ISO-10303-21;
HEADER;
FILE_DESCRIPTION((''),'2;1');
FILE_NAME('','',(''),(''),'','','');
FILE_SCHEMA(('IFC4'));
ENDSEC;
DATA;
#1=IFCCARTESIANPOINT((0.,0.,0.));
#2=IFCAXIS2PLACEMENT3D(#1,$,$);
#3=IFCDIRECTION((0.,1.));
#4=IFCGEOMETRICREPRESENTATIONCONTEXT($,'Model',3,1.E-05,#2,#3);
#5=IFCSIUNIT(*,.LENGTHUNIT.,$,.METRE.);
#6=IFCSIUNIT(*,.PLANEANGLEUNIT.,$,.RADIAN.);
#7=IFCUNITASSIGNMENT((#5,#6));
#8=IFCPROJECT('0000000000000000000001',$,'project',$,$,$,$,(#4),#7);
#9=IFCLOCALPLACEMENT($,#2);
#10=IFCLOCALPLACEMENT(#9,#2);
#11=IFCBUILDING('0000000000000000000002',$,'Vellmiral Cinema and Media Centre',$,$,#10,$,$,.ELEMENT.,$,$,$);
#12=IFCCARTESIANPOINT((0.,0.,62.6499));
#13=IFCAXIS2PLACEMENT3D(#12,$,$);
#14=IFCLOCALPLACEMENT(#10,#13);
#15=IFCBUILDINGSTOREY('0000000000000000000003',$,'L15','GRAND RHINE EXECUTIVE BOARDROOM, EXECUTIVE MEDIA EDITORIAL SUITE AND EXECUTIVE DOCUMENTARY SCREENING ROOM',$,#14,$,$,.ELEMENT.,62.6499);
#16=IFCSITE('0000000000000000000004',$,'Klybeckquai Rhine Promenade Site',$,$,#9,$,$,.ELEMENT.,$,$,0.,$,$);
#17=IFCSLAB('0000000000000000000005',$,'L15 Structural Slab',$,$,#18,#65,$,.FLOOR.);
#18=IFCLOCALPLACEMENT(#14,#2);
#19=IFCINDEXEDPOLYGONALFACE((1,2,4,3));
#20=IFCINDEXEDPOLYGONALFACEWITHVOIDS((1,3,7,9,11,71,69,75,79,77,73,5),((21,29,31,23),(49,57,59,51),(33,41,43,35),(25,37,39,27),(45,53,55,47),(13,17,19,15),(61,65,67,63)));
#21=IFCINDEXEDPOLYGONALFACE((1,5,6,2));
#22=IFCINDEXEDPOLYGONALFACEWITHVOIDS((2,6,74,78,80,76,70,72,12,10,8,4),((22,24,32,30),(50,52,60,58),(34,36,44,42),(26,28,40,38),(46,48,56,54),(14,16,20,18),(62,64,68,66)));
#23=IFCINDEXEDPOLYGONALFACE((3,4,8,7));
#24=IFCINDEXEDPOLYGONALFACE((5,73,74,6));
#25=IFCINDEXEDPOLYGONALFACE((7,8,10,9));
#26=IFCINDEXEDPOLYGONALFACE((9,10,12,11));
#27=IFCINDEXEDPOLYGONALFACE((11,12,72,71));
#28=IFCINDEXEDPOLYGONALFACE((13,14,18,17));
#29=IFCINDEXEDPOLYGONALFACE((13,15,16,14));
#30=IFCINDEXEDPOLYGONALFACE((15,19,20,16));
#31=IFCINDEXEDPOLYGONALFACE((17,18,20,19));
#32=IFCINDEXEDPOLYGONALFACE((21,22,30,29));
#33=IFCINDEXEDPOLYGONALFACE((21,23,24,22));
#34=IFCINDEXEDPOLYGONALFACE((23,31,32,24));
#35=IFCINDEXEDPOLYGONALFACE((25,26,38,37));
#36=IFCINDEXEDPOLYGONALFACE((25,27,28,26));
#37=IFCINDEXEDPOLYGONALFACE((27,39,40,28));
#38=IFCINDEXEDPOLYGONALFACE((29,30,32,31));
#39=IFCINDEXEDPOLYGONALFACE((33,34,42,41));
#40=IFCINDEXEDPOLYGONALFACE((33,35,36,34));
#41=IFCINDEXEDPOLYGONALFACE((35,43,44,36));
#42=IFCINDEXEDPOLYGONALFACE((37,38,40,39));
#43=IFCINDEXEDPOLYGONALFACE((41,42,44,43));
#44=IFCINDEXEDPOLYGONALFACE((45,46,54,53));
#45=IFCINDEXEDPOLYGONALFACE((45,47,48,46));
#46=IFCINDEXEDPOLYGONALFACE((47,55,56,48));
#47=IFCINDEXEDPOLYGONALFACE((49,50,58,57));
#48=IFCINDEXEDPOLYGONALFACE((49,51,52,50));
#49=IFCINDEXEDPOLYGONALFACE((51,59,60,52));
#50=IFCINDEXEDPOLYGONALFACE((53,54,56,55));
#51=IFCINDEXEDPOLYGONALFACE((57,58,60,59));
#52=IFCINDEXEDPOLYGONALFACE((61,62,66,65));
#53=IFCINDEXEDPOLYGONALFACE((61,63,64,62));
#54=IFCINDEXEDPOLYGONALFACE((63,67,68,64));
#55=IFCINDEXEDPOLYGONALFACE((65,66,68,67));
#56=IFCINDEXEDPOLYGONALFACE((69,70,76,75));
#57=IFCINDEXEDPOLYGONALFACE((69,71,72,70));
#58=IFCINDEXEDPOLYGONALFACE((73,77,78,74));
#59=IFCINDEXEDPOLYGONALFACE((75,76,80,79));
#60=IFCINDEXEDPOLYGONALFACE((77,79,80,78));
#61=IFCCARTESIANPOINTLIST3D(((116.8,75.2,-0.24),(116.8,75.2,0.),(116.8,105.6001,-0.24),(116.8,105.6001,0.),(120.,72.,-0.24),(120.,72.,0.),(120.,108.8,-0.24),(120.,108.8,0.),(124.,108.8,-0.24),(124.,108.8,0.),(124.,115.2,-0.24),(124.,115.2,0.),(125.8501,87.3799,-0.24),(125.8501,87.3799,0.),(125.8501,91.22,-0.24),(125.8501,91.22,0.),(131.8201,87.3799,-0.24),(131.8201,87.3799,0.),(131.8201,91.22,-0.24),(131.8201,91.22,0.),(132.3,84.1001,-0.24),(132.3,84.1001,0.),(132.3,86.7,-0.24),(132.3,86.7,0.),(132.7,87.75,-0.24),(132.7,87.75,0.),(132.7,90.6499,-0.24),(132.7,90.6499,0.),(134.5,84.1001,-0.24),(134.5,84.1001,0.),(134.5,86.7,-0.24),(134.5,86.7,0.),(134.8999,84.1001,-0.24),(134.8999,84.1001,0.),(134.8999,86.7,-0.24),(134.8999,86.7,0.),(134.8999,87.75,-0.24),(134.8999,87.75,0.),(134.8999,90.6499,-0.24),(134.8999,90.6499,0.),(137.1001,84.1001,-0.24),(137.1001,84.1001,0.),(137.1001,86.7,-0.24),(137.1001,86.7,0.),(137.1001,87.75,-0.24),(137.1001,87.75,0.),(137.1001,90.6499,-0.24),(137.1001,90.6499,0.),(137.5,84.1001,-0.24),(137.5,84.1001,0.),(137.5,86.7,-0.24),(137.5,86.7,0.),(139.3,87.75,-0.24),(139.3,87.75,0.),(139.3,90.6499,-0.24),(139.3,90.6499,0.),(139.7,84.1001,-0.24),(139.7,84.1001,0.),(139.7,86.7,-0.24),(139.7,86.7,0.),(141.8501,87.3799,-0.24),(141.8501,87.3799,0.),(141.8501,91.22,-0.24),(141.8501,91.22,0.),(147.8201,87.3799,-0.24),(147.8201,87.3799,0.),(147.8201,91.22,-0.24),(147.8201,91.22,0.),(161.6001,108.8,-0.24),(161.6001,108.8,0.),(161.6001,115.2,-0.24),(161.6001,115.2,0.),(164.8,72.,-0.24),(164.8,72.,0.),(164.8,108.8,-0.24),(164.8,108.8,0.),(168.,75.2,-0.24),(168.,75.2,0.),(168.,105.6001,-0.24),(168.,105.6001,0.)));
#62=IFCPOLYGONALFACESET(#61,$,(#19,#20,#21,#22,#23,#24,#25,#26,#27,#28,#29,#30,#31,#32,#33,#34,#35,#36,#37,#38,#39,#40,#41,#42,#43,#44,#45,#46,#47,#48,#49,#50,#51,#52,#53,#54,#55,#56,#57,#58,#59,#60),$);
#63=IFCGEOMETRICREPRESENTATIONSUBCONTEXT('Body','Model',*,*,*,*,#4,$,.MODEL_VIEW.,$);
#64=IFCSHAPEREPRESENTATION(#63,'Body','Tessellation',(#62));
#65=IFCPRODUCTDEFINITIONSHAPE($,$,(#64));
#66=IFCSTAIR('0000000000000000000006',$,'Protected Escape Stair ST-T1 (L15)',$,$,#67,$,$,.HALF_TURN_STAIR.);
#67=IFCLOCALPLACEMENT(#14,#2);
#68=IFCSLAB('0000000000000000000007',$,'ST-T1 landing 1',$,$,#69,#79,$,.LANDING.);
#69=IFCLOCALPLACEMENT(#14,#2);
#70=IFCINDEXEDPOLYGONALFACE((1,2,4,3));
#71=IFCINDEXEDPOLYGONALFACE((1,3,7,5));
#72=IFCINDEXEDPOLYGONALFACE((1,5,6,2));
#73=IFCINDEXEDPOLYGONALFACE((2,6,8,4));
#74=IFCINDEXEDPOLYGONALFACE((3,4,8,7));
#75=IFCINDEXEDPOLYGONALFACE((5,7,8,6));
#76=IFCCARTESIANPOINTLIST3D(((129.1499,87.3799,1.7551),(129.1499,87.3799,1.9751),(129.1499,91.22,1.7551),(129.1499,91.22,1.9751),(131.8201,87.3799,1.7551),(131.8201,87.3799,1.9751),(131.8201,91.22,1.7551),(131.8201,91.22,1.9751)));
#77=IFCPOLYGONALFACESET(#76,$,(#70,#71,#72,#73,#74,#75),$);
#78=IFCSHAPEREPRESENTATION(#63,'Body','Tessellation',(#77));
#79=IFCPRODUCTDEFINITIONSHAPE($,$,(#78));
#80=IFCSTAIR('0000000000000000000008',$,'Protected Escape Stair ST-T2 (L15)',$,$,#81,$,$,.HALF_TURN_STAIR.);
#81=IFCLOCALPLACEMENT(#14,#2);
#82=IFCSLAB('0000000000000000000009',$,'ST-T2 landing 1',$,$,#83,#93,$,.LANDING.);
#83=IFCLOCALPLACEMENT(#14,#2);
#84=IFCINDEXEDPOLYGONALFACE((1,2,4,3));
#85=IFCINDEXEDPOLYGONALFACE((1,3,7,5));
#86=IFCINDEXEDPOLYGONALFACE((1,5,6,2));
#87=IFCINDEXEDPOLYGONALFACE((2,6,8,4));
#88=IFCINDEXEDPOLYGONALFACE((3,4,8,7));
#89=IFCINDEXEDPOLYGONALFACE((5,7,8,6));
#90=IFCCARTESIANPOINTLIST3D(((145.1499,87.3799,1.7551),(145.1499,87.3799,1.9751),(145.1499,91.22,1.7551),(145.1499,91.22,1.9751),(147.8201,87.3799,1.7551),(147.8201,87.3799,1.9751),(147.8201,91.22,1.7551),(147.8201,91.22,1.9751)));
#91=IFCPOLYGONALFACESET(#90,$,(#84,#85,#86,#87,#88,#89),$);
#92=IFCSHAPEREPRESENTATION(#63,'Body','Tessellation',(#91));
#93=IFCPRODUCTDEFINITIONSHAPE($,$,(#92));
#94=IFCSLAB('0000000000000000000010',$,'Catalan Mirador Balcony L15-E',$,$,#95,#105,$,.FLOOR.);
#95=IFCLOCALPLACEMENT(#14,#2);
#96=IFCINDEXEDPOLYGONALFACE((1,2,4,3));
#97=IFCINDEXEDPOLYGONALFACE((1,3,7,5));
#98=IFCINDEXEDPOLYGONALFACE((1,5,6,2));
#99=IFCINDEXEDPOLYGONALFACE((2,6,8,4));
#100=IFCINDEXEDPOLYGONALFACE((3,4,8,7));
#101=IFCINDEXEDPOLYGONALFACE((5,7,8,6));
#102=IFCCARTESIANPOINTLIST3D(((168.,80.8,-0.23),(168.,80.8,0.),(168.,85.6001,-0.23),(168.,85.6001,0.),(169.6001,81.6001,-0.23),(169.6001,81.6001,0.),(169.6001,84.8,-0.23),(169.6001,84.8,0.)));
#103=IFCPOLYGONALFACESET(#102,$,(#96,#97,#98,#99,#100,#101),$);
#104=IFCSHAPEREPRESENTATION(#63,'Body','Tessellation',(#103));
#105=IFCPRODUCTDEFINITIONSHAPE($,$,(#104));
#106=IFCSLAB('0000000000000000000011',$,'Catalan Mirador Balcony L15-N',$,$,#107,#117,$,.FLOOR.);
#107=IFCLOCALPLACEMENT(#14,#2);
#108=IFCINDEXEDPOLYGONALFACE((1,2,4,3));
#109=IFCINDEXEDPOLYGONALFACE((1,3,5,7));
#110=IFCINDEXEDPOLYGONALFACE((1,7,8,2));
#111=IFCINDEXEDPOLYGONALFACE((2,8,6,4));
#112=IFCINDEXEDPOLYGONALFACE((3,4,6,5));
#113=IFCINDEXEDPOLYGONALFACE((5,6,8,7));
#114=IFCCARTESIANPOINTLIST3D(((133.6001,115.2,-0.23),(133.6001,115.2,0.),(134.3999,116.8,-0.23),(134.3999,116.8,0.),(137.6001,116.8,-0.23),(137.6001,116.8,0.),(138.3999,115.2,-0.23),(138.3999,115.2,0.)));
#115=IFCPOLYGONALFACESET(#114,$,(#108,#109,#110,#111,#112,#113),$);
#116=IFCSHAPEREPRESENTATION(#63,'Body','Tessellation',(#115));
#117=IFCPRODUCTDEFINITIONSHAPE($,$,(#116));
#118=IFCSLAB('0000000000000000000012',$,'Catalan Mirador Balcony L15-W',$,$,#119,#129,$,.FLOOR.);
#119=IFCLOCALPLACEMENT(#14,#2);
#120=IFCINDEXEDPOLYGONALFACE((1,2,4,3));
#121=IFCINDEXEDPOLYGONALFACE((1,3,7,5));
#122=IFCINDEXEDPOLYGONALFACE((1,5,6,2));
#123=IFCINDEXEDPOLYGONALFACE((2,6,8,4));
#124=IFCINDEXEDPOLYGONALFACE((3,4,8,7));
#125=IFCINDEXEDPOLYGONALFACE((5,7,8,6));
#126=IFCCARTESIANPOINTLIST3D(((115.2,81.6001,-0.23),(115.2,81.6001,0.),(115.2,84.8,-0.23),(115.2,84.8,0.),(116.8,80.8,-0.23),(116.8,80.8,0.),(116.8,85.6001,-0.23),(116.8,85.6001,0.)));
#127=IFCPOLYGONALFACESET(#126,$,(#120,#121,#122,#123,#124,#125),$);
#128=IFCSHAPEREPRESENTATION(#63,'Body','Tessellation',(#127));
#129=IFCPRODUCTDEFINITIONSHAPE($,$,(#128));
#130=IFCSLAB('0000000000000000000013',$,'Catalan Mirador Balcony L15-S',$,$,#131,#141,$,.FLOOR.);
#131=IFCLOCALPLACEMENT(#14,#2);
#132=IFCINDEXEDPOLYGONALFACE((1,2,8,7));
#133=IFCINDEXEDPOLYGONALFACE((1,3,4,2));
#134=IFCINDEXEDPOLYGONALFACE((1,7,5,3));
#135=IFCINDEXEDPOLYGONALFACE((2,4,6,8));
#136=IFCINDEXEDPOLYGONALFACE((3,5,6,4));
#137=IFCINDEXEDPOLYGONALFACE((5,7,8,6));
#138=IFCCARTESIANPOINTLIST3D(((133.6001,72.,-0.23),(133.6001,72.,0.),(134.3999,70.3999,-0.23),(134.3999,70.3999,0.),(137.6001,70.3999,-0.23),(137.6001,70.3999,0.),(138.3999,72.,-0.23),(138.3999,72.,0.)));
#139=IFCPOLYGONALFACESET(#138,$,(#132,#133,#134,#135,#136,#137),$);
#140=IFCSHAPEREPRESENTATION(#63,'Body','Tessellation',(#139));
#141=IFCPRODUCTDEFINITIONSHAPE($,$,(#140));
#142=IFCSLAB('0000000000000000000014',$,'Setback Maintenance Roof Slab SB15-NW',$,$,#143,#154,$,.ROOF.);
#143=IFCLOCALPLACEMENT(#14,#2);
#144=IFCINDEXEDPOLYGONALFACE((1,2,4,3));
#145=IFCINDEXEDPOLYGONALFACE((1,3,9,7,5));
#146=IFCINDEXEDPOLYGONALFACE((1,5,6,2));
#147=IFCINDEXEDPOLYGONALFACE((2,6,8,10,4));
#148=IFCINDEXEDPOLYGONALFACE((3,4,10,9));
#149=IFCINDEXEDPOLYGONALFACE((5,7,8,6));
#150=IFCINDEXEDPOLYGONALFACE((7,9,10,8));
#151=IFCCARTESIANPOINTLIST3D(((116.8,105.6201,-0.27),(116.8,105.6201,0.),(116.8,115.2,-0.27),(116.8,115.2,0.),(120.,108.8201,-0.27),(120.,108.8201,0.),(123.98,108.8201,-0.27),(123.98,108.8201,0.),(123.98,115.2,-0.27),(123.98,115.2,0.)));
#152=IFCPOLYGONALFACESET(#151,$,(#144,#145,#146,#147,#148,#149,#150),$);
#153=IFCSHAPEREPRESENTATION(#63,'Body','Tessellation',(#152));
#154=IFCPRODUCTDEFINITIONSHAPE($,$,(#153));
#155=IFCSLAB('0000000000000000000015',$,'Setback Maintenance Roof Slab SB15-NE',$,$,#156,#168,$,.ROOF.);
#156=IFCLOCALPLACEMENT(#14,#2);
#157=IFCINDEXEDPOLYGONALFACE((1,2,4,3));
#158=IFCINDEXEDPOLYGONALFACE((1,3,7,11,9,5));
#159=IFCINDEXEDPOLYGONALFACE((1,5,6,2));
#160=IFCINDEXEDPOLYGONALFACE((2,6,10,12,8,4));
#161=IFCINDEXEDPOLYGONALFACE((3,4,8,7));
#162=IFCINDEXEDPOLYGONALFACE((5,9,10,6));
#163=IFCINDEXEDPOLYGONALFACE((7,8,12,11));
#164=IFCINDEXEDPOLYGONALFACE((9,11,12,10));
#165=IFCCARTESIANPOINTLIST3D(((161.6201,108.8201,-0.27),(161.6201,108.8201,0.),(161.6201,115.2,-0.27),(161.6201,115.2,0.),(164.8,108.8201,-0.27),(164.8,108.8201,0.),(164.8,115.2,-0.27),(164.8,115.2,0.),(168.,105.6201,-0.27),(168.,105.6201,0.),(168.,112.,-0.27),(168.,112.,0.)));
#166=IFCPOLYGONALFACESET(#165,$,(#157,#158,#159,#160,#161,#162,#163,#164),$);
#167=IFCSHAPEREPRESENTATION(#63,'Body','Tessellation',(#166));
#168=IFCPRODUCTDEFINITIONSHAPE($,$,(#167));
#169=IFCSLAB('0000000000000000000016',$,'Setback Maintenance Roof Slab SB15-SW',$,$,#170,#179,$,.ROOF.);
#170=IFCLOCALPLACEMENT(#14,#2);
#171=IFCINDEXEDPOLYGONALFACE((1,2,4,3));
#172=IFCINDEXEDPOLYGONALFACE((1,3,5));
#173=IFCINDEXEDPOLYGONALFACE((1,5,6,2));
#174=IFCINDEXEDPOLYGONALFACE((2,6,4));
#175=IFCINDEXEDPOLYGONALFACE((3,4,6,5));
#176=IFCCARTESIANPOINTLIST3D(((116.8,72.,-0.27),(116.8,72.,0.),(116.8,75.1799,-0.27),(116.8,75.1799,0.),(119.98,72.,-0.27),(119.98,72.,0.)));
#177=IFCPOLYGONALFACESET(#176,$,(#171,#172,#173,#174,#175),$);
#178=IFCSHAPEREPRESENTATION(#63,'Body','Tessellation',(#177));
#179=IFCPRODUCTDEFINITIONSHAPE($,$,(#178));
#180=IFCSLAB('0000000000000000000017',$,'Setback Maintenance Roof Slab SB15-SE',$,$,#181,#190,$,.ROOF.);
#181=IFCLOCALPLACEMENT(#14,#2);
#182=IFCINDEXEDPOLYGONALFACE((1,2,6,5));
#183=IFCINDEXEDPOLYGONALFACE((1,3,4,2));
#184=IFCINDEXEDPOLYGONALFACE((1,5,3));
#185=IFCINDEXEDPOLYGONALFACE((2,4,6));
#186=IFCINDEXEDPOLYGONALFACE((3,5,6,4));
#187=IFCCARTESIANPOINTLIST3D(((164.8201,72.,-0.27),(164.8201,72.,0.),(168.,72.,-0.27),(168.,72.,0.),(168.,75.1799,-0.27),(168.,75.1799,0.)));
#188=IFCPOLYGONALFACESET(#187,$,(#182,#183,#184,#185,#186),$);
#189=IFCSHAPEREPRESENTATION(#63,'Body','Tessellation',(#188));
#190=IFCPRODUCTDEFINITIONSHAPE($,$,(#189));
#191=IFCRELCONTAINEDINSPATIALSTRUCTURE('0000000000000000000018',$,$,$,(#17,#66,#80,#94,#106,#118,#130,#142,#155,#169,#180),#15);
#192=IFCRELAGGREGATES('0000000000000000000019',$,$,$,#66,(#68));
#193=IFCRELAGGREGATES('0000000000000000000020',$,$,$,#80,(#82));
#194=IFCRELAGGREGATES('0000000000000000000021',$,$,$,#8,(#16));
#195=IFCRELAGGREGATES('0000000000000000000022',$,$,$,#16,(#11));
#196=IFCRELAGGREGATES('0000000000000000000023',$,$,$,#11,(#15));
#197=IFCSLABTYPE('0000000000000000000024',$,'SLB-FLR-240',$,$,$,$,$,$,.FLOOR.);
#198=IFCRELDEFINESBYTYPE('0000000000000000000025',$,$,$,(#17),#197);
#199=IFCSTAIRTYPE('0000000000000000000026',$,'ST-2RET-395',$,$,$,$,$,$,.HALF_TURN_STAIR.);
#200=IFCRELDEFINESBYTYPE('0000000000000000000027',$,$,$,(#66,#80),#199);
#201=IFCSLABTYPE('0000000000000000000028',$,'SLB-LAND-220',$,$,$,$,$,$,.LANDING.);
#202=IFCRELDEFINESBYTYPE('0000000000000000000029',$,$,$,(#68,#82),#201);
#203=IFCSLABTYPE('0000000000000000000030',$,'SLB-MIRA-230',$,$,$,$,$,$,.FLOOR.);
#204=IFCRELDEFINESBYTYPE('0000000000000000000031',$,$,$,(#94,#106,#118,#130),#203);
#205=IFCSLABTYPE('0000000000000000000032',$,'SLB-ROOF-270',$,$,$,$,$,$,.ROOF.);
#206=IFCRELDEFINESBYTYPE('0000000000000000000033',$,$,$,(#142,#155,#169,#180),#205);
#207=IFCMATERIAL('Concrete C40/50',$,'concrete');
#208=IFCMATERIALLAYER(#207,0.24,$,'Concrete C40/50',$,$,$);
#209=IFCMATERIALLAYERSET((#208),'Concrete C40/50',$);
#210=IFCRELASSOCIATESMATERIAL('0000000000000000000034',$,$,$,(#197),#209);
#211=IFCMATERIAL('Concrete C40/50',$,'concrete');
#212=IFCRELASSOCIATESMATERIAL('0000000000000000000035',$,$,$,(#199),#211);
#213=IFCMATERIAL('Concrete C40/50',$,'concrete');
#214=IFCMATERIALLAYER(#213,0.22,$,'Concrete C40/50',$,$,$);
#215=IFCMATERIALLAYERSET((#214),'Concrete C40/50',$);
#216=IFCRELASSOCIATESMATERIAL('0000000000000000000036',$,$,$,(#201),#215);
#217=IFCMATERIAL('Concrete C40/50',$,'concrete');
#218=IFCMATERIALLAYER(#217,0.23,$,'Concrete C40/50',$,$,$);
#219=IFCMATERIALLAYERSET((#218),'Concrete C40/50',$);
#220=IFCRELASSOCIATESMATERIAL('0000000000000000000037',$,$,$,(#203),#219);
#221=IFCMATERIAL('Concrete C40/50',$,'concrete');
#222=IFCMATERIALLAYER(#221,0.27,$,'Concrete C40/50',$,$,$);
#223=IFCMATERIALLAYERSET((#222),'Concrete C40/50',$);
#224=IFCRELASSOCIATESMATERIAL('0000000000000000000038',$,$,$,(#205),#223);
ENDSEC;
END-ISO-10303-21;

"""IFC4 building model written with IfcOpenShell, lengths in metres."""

from ifc_helpers import new_model, si_unit, direction, frame, origin, place, context, subcontext, project, spatial, polyline, outline, extrude, material, layer, layer_set, type_object, element, aggregate, save


model = new_model("IFC4")

# Units and contexts
model_context = context("Model", 3, precision=1e-05, world=origin(), true_north=direction((0.0, 1.0)))
body_context = subcontext(model_context, "Body", "Model", "MODEL_VIEW")
ifc_project = project(units=[si_unit("LENGTHUNIT", "METRE"), si_unit("PLANEANGLEUNIT", "RADIAN")], contexts=[model_context])

# Site, building, storey
site_placement = place(None, origin())
site = spatial("IfcSite", under=ifc_project, at=site_placement, Name="Klybeckquai Rhine Promenade Site", CompositionType="ELEMENT", RefElevation=0.0)
building_placement = place(site_placement, origin())
building = spatial("IfcBuilding", under=site, at=building_placement, Name="Vellmiral Cinema and Media Centre", CompositionType="ELEMENT")
storey_placement = place(building_placement, frame((0.0, 0.0, 62.6499)))
storey = spatial("IfcBuildingStorey", under=building, at=storey_placement, Name="L15", Description="GRAND RHINE EXECUTIVE BOARDROOM, EXECUTIVE MEDIA EDITORIAL SUITE AND EXECUTIVE DOCUMENTARY SCREENING ROOM", CompositionType="ELEMENT", Elevation=62.6499)

# Slab
ifc_material_1 = material(Name="Concrete C40/50", Category="concrete")
ifc_layer_1 = layer(ifc_material_1, 0.24, Name="Concrete C40/50")
ifc_layer_set_1 = layer_set([ifc_layer_1], Name="Concrete C40/50")
slab_type_1 = type_object("IfcSlabType", Name="SLB-FLR-240", PredefinedType="FLOOR", material=ifc_layer_set_1)
slab_1_placement = place(storey_placement, frame((0.0, 0.0, -0.24)))
element("IfcSlab", 1, at=slab_1_placement, inside=storey, type_object=slab_type_1, Name="L15 Structural Slab", PredefinedType="FLOOR", context=body_context, shape_type="SweptSolid", body=[
    extrude(outline(polyline([(120.0, 72.0), (164.8, 72.0), (168.0, 75.2), (168.0, 105.6001), (164.8, 108.8), (161.6001, 108.8), (161.6001, 115.2), (124.0, 115.2), (124.0, 108.8), (120.0, 108.8), (116.8, 105.6001), (116.8, 75.2), (120.0, 72.0)]), holes=[polyline([(125.8501, 87.3799), (131.8201, 87.3799), (131.8201, 91.22), (125.8501, 91.22), (125.8501, 87.3799)]), polyline([(141.8501, 87.3799), (147.8201, 87.3799), (147.8201, 91.22), (141.8501, 91.22), (141.8501, 87.3799)]), polyline([(132.7, 87.75), (134.8999, 87.75), (134.8999, 90.6499), (132.7, 90.6499), (132.7, 87.75)]), polyline([(137.1001, 87.75), (139.3, 87.75), (139.3, 90.6499), (137.1001, 90.6499), (137.1001, 87.75)]), polyline([(132.3, 84.1001), (134.5, 84.1001), (134.5, 86.7), (132.3, 86.7), (132.3, 84.1001)]), polyline([(134.8999, 84.1001), (137.1001, 84.1001), (137.1001, 86.7), (134.8999, 86.7), (134.8999, 84.1001)]), polyline([(137.5, 84.1001), (139.7, 84.1001), (139.7, 86.7), (137.5, 86.7), (137.5, 84.1001)])]), origin(), (0.0, 0.0, 1.0), 0.24),
])

# Stairs, slabs
ifc_material_2 = material(Name="Concrete C40/50", Category="concrete")
stair_type = type_object("IfcStairType", Name="ST-2RET-395", PredefinedType="HALF_TURN_STAIR", material=ifc_material_2)
stair_1_placement = place(storey_placement, origin())
stair_1 = element("IfcStair", 2, at=stair_1_placement, inside=storey, type_object=stair_type, Name="Protected Escape Stair ST-T1 (L15)", PredefinedType="HALF_TURN_STAIR")
ifc_material_3 = material(Name="Concrete C40/50", Category="concrete")
ifc_layer_2 = layer(ifc_material_3, 0.22, Name="Concrete C40/50")
ifc_layer_set_2 = layer_set([ifc_layer_2], Name="Concrete C40/50")
slab_type_2 = type_object("IfcSlabType", Name="SLB-LAND-220", PredefinedType="LANDING", material=ifc_layer_set_2)
slab_2_placement = place(storey_placement, frame((0.0, 0.0, 1.7551)))
slab_2 = element("IfcSlab", 3, at=slab_2_placement, type_object=slab_type_2, Name="ST-T1 landing 1", PredefinedType="LANDING", context=body_context, shape_type="SweptSolid", body=[
    extrude(outline(polyline([(129.1499, 87.3799), (131.8201, 87.3799), (131.8201, 91.22), (129.1499, 91.22), (129.1499, 87.3799)])), origin(), (0.0, 0.0, 1.0), 0.22),
])
aggregate(stair_1, [slab_2])
stair_2_placement = place(storey_placement, origin())
stair_2 = element("IfcStair", 4, at=stair_2_placement, inside=storey, type_object=stair_type, Name="Protected Escape Stair ST-T2 (L15)", PredefinedType="HALF_TURN_STAIR")
slab_3_placement = place(storey_placement, frame((0.0, 0.0, 1.7551)))
slab_3 = element("IfcSlab", 5, at=slab_3_placement, type_object=slab_type_2, Name="ST-T2 landing 1", PredefinedType="LANDING", context=body_context, shape_type="SweptSolid", body=[
    extrude(outline(polyline([(145.1499, 87.3799), (147.8201, 87.3799), (147.8201, 91.22), (145.1499, 91.22), (145.1499, 87.3799)])), origin(), (0.0, 0.0, 1.0), 0.22),
])
aggregate(stair_2, [slab_3])

# Slabs
ifc_material_4 = material(Name="Concrete C40/50", Category="concrete")
ifc_layer_3 = layer(ifc_material_4, 0.23, Name="Concrete C40/50")
ifc_layer_set_3 = layer_set([ifc_layer_3], Name="Concrete C40/50")
slab_type_3 = type_object("IfcSlabType", Name="SLB-MIRA-230", PredefinedType="FLOOR", material=ifc_layer_set_3)
slab_4_placement = place(storey_placement, frame((0.0, 0.0, -0.23)))
element("IfcSlab", 6, at=slab_4_placement, inside=storey, type_object=slab_type_3, Name="Catalan Mirador Balcony L15-E", PredefinedType="FLOOR", context=body_context, shape_type="SweptSolid", body=[
    extrude(outline(polyline([(168.0, 80.8), (169.6001, 81.6001), (169.6001, 84.8), (168.0, 85.6001), (168.0, 80.8)])), origin(), (0.0, 0.0, 1.0), 0.23),
])
slab_5_placement = place(storey_placement, frame((0.0, 0.0, -0.23)))
element("IfcSlab", 7, at=slab_5_placement, inside=storey, type_object=slab_type_3, Name="Catalan Mirador Balcony L15-N", PredefinedType="FLOOR", context=body_context, shape_type="SweptSolid", body=[
    extrude(outline(polyline([(133.6001, 115.2), (138.3999, 115.2), (137.6001, 116.8), (134.3999, 116.8), (133.6001, 115.2)])), origin(), (0.0, 0.0, 1.0), 0.23),
])
slab_6_placement = place(storey_placement, frame((0.0, 0.0, -0.23)))
element("IfcSlab", 8, at=slab_6_placement, inside=storey, type_object=slab_type_3, Name="Catalan Mirador Balcony L15-W", PredefinedType="FLOOR", context=body_context, shape_type="SweptSolid", body=[
    extrude(outline(polyline([(116.8, 80.8), (116.8, 85.6001), (115.2, 84.8), (115.2, 81.6001), (116.8, 80.8)])), origin(), (0.0, 0.0, 1.0), 0.23),
])
slab_7_placement = place(storey_placement, frame((0.0, 0.0, -0.23)))
element("IfcSlab", 9, at=slab_7_placement, inside=storey, type_object=slab_type_3, Name="Catalan Mirador Balcony L15-S", PredefinedType="FLOOR", context=body_context, shape_type="SweptSolid", body=[
    extrude(outline(polyline([(133.6001, 72.0), (134.3999, 70.3999), (137.6001, 70.3999), (138.3999, 72.0), (133.6001, 72.0)])), origin(), (0.0, 0.0, 1.0), 0.23),
])
ifc_material_5 = material(Name="Concrete C40/50", Category="concrete")
ifc_layer_4 = layer(ifc_material_5, 0.27, Name="Concrete C40/50")
ifc_layer_set_4 = layer_set([ifc_layer_4], Name="Concrete C40/50")
slab_type_4 = type_object("IfcSlabType", Name="SLB-ROOF-270", PredefinedType="ROOF", material=ifc_layer_set_4)
slab_8_placement = place(storey_placement, frame((0.0, 0.0, -0.27)))
element("IfcSlab", 10, at=slab_8_placement, inside=storey, type_object=slab_type_4, Name="Setback Maintenance Roof Slab SB15-NW", PredefinedType="ROOF", context=body_context, shape_type="SweptSolid", body=[
    extrude(outline(polyline([(116.8, 105.6201), (120.0, 108.8201), (123.98, 108.8201), (123.98, 115.2), (116.8, 115.2), (116.8, 105.6201)])), origin(), (0.0, 0.0, 1.0), 0.27),
])
slab_9_placement = place(storey_placement, frame((0.0, 0.0, -0.27)))
element("IfcSlab", 11, at=slab_9_placement, inside=storey, type_object=slab_type_4, Name="Setback Maintenance Roof Slab SB15-NE", PredefinedType="ROOF", context=body_context, shape_type="SweptSolid", body=[
    extrude(outline(polyline([(161.6201, 108.8201), (164.8, 108.8201), (168.0, 105.6201), (168.0, 112.0), (164.8, 115.2), (161.6201, 115.2), (161.6201, 108.8201)])), origin(), (0.0, 0.0, 1.0), 0.27),
])
slab_10_placement = place(storey_placement, frame((0.0, 0.0, -0.27)))
element("IfcSlab", 12, at=slab_10_placement, inside=storey, type_object=slab_type_4, Name="Setback Maintenance Roof Slab SB15-SW", PredefinedType="ROOF", context=body_context, shape_type="SweptSolid", body=[
    extrude(outline(polyline([(116.8, 72.0), (119.98, 72.0), (116.8, 75.1799), (116.8, 72.0)])), origin(), (0.0, 0.0, 1.0), 0.27),
])
slab_11_placement = place(storey_placement, frame((0.0, 0.0, -0.27)))
element("IfcSlab", 13, at=slab_11_placement, inside=storey, type_object=slab_type_4, Name="Setback Maintenance Roof Slab SB15-SE", PredefinedType="ROOF", context=body_context, shape_type="SweptSolid", body=[
    extrude(outline(polyline([(164.8201, 72.0), (168.0, 72.0), (168.0, 75.1799), (164.8201, 72.0)])), origin(), (0.0, 0.0, 1.0), 0.27),
])

save(model, "model.ifc")
